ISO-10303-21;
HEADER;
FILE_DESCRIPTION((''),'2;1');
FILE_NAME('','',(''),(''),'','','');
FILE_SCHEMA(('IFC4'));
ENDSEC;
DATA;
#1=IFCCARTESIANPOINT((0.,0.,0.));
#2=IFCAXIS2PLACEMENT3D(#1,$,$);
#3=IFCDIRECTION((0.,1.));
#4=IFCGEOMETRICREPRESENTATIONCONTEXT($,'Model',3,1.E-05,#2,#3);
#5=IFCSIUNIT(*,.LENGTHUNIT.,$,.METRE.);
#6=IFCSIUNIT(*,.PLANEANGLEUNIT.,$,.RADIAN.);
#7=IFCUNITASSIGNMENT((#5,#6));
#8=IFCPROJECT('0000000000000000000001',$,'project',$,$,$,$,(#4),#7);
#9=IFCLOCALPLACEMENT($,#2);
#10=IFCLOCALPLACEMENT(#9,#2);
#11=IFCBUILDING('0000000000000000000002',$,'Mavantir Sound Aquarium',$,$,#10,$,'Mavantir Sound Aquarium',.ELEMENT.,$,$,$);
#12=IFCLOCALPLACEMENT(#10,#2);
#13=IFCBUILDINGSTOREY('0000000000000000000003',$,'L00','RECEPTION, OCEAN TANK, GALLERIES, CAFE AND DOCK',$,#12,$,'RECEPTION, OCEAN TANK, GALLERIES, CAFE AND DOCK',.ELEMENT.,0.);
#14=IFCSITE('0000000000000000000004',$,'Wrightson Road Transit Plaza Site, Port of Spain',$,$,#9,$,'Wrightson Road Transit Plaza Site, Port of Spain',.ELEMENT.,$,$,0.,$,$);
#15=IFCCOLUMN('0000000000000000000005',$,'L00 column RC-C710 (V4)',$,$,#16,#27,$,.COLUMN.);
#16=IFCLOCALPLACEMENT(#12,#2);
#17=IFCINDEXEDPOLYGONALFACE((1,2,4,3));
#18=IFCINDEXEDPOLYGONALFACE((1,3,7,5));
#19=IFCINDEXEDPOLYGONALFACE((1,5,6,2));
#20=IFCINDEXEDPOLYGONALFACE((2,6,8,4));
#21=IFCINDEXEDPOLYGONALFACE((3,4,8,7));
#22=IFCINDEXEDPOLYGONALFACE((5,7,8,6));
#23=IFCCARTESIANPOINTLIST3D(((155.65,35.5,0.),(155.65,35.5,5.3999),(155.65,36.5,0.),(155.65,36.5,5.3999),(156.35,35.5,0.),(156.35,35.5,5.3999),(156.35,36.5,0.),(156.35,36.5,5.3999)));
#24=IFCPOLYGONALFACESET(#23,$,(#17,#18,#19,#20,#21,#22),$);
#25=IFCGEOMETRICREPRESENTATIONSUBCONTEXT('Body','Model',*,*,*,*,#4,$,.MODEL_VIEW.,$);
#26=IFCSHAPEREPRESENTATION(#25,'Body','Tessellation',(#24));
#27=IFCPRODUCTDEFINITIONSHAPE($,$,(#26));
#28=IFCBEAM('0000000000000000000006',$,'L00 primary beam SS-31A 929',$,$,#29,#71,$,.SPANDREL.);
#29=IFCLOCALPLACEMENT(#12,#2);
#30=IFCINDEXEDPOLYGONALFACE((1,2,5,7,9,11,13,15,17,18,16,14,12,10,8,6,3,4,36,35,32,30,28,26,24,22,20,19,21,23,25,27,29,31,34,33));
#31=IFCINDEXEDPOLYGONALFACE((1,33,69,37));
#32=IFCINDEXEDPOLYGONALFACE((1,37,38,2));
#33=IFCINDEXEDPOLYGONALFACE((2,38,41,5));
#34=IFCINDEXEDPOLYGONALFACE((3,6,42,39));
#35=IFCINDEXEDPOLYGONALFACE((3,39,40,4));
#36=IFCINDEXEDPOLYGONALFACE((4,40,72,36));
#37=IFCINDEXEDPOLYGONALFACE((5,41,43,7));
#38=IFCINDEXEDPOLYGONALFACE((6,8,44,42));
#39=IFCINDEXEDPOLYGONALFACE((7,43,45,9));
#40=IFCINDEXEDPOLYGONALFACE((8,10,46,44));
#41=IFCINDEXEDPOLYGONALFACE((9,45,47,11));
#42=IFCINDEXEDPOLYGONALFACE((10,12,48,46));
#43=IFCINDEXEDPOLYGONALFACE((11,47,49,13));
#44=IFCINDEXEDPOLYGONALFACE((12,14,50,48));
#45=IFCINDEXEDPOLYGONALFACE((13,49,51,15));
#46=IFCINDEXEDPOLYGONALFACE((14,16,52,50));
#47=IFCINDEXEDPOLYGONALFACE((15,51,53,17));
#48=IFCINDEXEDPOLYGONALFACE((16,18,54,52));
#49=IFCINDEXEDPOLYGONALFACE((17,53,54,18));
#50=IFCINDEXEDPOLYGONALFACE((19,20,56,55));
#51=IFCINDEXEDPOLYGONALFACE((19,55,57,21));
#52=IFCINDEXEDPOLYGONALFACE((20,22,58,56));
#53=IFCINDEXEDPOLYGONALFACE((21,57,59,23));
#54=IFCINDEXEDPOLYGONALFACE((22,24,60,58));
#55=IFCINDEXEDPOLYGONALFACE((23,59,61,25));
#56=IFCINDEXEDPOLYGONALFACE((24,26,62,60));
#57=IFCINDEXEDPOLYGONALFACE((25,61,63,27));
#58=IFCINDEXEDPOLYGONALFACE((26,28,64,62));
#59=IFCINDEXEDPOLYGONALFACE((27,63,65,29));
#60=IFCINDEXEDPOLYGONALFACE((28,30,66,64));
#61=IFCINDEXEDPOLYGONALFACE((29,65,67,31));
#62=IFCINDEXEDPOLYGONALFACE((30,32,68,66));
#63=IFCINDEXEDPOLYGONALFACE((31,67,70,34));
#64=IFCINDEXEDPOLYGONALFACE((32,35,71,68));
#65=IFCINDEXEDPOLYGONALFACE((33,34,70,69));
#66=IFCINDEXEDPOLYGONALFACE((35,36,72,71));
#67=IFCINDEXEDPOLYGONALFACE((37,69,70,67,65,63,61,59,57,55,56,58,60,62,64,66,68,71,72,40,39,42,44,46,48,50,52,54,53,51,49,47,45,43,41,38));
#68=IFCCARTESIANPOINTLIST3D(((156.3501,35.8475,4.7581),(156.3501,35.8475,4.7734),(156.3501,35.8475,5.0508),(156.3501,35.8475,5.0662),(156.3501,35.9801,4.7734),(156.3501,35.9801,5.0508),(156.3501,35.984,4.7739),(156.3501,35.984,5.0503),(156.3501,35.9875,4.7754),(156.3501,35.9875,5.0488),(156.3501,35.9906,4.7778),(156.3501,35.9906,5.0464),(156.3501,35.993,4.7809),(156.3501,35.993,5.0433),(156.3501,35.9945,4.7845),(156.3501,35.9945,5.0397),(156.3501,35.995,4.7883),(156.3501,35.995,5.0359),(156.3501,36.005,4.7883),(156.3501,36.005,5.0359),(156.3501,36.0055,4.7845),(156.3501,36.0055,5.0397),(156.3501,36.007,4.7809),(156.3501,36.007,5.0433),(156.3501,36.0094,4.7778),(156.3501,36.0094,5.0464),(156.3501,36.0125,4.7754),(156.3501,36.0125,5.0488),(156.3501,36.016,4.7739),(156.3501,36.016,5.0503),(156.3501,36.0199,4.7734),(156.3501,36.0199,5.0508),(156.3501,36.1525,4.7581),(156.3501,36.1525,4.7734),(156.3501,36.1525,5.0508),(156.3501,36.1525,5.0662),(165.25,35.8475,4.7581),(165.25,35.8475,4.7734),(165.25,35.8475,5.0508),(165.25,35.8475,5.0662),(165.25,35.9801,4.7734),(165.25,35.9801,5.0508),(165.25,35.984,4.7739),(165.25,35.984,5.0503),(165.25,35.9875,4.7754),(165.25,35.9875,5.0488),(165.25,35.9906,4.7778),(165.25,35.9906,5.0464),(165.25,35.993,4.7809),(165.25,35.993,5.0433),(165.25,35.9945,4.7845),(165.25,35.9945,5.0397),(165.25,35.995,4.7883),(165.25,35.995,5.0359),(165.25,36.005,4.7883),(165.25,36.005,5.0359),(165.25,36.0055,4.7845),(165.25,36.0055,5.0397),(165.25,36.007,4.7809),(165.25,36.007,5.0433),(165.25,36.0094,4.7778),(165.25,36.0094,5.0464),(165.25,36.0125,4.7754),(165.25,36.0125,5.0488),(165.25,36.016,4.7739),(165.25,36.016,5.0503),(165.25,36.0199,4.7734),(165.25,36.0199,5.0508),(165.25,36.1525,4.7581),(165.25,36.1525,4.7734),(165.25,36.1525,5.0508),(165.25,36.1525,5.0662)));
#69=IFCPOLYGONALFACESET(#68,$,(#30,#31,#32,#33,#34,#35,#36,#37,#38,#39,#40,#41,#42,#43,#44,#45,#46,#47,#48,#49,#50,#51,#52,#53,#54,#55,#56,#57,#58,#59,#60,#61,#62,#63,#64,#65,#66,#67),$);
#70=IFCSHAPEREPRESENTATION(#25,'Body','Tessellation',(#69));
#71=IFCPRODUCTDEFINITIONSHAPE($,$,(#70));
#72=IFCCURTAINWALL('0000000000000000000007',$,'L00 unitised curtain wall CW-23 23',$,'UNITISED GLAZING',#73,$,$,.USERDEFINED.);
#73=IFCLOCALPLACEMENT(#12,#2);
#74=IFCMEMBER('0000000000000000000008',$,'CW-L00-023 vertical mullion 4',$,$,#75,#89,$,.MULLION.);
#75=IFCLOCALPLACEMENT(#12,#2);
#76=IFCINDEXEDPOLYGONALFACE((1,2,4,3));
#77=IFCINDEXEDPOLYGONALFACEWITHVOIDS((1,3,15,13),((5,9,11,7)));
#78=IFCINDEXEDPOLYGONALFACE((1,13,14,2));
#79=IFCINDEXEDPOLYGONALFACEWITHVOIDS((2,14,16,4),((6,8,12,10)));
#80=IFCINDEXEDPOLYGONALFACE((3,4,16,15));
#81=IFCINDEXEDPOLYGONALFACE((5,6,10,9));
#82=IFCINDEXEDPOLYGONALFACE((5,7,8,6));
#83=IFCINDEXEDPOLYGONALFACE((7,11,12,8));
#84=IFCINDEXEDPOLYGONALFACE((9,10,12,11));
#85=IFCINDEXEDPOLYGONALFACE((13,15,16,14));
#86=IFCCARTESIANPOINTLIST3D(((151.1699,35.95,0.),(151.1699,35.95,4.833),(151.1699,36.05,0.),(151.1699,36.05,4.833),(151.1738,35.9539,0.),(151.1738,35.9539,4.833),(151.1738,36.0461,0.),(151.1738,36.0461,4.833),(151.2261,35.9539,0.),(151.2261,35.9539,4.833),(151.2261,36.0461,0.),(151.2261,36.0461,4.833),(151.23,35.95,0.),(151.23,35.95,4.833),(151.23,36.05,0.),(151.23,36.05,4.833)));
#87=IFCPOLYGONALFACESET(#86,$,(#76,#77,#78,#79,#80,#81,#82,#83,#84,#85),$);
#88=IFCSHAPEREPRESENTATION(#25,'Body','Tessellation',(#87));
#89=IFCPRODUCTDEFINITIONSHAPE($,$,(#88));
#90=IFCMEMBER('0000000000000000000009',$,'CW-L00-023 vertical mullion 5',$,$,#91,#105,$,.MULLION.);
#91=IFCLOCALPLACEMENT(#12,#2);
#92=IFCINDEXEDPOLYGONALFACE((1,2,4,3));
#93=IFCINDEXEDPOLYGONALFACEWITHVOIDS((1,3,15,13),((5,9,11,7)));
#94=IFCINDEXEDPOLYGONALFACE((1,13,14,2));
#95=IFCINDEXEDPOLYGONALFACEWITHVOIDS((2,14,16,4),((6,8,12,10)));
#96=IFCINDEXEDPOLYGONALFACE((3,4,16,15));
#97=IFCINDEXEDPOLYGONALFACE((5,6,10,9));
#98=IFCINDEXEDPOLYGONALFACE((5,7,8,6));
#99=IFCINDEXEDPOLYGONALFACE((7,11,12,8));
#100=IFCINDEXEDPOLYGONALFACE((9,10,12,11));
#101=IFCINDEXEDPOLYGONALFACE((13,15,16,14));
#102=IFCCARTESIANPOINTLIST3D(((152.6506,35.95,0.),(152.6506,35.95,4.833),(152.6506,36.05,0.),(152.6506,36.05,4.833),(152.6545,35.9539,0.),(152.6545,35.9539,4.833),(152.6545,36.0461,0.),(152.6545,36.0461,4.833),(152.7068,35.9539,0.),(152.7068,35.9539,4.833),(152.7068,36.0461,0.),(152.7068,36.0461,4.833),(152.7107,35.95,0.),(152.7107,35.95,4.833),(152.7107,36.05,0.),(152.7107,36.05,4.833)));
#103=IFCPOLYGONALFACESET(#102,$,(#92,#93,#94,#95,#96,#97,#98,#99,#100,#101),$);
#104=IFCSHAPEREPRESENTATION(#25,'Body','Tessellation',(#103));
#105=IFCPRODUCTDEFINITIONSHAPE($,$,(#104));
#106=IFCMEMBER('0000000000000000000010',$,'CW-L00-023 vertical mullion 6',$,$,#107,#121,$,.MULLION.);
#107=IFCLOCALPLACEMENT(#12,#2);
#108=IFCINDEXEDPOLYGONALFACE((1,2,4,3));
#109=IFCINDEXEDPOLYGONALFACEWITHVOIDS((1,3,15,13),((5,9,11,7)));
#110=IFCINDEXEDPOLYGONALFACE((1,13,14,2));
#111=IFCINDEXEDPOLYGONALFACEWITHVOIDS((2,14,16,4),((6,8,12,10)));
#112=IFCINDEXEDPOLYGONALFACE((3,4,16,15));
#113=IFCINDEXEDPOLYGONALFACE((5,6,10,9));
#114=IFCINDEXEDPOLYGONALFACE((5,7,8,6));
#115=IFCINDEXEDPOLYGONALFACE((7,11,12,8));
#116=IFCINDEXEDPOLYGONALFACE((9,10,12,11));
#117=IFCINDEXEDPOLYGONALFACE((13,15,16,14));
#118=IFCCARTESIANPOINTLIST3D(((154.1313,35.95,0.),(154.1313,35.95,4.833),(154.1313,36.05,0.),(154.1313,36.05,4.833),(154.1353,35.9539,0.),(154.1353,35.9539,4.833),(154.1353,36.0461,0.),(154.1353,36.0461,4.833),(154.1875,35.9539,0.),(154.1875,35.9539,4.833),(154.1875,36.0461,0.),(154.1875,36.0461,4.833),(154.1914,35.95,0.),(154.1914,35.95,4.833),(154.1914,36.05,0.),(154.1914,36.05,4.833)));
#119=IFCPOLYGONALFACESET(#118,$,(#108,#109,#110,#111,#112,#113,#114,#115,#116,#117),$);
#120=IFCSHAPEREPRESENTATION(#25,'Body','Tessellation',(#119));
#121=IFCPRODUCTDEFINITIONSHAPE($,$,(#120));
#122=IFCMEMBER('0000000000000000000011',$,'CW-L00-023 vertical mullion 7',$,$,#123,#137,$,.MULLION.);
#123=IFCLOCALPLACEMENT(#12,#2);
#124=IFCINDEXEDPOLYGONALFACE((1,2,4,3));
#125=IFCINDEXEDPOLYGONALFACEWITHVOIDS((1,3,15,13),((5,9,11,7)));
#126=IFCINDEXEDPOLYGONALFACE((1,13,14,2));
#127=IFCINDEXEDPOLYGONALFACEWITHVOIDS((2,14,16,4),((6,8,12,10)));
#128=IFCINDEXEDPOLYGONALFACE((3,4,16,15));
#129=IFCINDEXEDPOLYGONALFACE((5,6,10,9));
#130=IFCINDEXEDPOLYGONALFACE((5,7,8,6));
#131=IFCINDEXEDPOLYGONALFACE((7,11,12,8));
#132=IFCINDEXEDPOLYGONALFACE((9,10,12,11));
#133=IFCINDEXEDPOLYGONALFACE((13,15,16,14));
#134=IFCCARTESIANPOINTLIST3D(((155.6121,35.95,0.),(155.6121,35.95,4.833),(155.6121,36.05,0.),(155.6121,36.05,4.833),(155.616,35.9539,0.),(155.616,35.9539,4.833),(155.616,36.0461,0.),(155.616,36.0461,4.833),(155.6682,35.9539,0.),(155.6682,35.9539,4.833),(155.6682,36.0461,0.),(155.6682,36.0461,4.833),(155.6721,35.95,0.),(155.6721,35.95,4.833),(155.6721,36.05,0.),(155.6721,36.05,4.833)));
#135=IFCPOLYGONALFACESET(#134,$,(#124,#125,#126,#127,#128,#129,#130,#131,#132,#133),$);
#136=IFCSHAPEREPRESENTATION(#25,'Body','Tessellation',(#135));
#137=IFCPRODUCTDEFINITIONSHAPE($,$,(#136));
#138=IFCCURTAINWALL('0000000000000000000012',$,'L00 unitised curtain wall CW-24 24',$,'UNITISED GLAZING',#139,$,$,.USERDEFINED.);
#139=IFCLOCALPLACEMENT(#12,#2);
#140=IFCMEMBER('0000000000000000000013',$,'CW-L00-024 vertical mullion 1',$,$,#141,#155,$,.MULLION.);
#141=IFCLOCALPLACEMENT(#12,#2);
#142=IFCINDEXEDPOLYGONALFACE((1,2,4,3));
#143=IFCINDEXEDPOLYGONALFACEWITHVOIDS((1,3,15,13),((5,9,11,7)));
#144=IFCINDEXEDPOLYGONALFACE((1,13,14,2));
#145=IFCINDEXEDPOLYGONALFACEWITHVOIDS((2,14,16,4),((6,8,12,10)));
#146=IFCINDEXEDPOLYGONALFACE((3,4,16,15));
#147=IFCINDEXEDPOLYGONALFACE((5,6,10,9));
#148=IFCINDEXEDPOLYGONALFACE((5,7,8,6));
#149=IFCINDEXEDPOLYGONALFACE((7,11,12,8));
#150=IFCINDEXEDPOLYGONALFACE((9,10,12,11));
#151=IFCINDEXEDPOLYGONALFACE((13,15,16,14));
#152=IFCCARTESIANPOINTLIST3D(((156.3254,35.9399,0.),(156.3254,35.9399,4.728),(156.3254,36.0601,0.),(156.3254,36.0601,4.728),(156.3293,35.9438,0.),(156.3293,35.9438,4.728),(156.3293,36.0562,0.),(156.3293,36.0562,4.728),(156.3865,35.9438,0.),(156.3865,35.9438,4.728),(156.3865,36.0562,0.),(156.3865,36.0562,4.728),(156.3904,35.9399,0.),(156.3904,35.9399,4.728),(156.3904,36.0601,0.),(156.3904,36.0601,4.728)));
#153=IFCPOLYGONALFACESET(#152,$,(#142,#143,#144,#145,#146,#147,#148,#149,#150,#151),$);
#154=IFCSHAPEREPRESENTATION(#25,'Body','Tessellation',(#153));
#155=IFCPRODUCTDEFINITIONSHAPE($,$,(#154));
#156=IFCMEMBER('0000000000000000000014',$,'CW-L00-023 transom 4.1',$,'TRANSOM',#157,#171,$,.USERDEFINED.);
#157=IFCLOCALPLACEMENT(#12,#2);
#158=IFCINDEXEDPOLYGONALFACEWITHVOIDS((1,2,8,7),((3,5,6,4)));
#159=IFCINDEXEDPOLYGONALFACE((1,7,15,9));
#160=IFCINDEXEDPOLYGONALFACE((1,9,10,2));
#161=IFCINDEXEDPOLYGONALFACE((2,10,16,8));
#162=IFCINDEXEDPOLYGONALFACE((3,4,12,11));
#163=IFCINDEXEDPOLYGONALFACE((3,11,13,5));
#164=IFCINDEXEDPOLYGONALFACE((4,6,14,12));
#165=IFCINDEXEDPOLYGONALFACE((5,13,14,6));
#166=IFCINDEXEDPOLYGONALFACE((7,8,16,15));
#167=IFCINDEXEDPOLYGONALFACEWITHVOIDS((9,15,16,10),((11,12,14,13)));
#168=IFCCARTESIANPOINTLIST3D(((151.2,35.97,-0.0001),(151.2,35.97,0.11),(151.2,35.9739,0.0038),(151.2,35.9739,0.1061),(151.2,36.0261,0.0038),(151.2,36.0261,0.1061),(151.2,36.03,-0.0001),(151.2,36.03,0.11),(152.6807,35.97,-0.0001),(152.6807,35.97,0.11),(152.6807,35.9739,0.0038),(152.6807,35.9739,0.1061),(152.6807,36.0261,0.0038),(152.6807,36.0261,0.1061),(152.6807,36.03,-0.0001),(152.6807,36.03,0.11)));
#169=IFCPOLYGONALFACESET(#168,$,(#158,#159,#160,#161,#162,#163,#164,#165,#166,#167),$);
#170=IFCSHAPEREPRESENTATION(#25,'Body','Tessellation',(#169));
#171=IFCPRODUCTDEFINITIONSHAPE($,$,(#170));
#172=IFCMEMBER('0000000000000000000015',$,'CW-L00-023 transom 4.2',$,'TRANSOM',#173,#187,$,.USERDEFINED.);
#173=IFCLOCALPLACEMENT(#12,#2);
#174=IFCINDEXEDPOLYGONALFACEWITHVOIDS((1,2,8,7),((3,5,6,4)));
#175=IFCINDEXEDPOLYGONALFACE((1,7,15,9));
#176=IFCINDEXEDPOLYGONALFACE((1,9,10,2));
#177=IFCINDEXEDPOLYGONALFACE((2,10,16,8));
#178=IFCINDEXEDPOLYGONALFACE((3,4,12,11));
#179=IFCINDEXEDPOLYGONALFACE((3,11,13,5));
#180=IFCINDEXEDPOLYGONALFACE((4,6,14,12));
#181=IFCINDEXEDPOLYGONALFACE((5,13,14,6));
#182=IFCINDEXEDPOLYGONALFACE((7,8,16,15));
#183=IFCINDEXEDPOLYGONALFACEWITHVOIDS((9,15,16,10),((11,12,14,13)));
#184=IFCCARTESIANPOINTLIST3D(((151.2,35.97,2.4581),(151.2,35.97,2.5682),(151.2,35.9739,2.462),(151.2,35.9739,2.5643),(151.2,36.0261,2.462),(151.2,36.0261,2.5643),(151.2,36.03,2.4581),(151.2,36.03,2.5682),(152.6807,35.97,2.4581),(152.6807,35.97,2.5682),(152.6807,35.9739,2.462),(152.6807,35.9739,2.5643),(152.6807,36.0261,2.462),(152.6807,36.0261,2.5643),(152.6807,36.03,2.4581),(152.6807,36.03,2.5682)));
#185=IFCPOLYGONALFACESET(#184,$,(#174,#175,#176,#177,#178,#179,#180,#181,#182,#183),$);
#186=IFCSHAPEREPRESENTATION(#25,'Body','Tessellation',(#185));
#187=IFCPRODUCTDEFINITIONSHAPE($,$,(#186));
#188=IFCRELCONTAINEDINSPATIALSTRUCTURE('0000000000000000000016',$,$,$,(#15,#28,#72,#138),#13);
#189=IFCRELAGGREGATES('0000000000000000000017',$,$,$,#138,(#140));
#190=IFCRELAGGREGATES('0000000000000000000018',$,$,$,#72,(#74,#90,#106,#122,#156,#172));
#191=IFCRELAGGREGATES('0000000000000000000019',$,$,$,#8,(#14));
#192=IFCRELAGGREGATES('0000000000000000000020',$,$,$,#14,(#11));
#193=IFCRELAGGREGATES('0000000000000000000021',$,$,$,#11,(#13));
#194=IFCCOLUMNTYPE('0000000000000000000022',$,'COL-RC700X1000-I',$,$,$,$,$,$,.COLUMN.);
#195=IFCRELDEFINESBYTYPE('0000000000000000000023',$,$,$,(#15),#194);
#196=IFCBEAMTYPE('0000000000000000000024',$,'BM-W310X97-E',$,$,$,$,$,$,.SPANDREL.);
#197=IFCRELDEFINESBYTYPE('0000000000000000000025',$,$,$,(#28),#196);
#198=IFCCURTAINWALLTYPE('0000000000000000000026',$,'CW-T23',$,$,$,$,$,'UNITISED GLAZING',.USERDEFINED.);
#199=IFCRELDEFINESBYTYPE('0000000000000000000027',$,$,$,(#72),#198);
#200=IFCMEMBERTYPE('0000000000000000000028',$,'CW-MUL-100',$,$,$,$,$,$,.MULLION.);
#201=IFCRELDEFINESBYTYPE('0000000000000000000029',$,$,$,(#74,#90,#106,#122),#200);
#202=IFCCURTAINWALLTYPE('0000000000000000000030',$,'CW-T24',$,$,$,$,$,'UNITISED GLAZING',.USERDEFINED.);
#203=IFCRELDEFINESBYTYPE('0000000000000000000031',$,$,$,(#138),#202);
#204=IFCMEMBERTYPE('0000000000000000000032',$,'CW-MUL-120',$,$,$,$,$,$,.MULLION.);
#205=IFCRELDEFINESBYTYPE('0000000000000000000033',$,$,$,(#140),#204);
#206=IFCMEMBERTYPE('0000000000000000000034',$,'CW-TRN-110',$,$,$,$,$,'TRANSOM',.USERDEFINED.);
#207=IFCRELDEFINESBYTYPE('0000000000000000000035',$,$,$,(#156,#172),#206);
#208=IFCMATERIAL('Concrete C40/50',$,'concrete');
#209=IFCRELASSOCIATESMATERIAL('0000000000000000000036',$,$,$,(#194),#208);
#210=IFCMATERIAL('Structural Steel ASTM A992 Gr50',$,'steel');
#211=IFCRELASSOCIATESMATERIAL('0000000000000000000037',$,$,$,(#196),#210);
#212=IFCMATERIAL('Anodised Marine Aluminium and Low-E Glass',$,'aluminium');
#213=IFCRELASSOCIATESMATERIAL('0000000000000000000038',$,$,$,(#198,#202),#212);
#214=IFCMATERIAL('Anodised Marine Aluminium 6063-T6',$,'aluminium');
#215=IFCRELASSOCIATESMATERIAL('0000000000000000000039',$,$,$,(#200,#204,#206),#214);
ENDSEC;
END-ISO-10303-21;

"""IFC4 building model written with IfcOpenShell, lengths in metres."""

from ifc_helpers import new_model, si_unit, direction, frame, origin, origin_2d, place, context, subcontext, project, spatial, rectangle, hollow_rectangle, i_section, extrude, material, material_profile, profile_set, type_object, element, aggregate, save


model = new_model("IFC4")

# Units and contexts
model_context = context("Model", 3, precision=1e-05, world=origin(), true_north=direction((0.0, 1.0)))
body_context = subcontext(model_context, "Body", "Model", "MODEL_VIEW")
ifc_project = project(units=[si_unit("LENGTHUNIT", "METRE"), si_unit("PLANEANGLEUNIT", "RADIAN")], contexts=[model_context])

# Site, building, storey
site_placement = place(None, origin())
site = spatial("IfcSite", under=ifc_project, at=site_placement, Name="Wrightson Road Transit Plaza Site, Port of Spain", LongName="Wrightson Road Transit Plaza Site, Port of Spain", CompositionType="ELEMENT", RefElevation=0.0)
building_placement = place(site_placement, origin())
building = spatial("IfcBuilding", under=site, at=building_placement, Name="Mavantir Sound Aquarium", LongName="Mavantir Sound Aquarium", CompositionType="ELEMENT")
storey_placement = place(building_placement, origin())
storey = spatial("IfcBuildingStorey", under=building, at=storey_placement, Name="L00", Description="RECEPTION, OCEAN TANK, GALLERIES, CAFE AND DOCK", LongName="RECEPTION, OCEAN TANK, GALLERIES, CAFE AND DOCK", CompositionType="ELEMENT", Elevation=0.0)

# Column
ifc_material_1 = material(Name="Concrete C40/50", Category="concrete")
ifc_material_profile_1 = material_profile(ifc_material_1, rectangle(XDim=0.7, YDim=1.0, at=origin_2d()), Name="RC 700X1000")
ifc_profile_set_1 = profile_set([ifc_material_profile_1], Name="Concrete C40/50")
column_type = type_object("IfcColumnType", Name="COL-RC700X1000-I", PredefinedType="COLUMN", material=ifc_profile_set_1)
column_placement = place(storey_placement, frame((156.0, 36.0, 0.0), z_axis=(0.0, 0.0, 1.0), x_axis=(1.0, 0.0, 0.0)))
element("IfcColumn", 1, at=column_placement, inside=storey, type_object=column_type, Name="L00 column RC-C710 (V4)", PredefinedType="COLUMN", context=body_context, shape_type="SweptSolid", body=[
    extrude(rectangle(XDim=0.7, YDim=1.0, at=origin_2d()), origin(), (0.0, 0.0, 1.0), 5.3999),
])

# Beam
ifc_material_2 = material(Name="Structural Steel ASTM A992 Gr50", Category="steel")
ifc_material_profile_2 = material_profile(ifc_material_2, i_section(OverallWidth=0.3049, OverallDepth=0.3081, WebThickness=0.01, FlangeThickness=0.0154, FilletRadius=0.0149, at=origin_2d()), Name="W310X97")
ifc_profile_set_2 = profile_set([ifc_material_profile_2], Name="Structural Steel ASTM A992 Gr50")
beam_type = type_object("IfcBeamType", Name="BM-W310X97-E", PredefinedType="SPANDREL", material=ifc_profile_set_2)
beam_placement = place(storey_placement, frame((156.3501, 36.0, 4.9121), z_axis=(1.0, 0.0, 0.0), x_axis=(0.0, 1.0, 0.0)))
element("IfcBeam", 2, at=beam_placement, inside=storey, type_object=beam_type, Name="L00 primary beam SS-31A 929", PredefinedType="SPANDREL", context=body_context, shape_type="SweptSolid", body=[
    extrude(i_section(OverallWidth=0.3049, OverallDepth=0.3081, WebThickness=0.01, FlangeThickness=0.0154, FilletRadius=0.0149, at=origin_2d()), origin(), (0.0, 0.0, 1.0), 8.8999),
])

# Curtain wall, members
ifc_material_3 = material(Name="Anodised Marine Aluminium and Low-E Glass", Category="aluminium")
curtain_wall_type_1 = type_object("IfcCurtainWallType", Name="CW-T23", ElementType="UNITISED GLAZING", PredefinedType="USERDEFINED", material=ifc_material_3)
curtain_wall_1_placement = place(storey_placement, origin())
curtain_wall_1 = element("IfcCurtainWall", 3, at=curtain_wall_1_placement, inside=storey, type_object=curtain_wall_type_1, Name="L00 unitised curtain wall CW-23 23", ObjectType="UNITISED GLAZING", PredefinedType="USERDEFINED")
ifc_material_4 = material(Name="Anodised Marine Aluminium 6063-T6", Category="aluminium")
ifc_material_profile_3 = material_profile(ifc_material_4, hollow_rectangle(XDim=0.0601, YDim=0.1001, WallThickness=0.0039, at=origin_2d()), Name="ALU-MULLION-100X60")
ifc_profile_set_3 = profile_set([ifc_material_profile_3], Name="Anodised Marine Aluminium 6063-T6")
member_type_1 = type_object("IfcMemberType", Name="CW-MUL-100", PredefinedType="MULLION", material=ifc_profile_set_3)
member_1_placement = place(storey_placement, frame((151.2, 36.0, 0.0), z_axis=(0.0, 0.0, 1.0), x_axis=(1.0, 0.0, 0.0)))
member_1 = element("IfcMember", 4, at=member_1_placement, type_object=member_type_1, Name="CW-L00-023 vertical mullion 4", PredefinedType="MULLION", context=body_context, shape_type="SweptSolid", body=[
    extrude(hollow_rectangle(XDim=0.0601, YDim=0.1001, WallThickness=0.0039, at=origin_2d()), origin(), (0.0, 0.0, 1.0), 4.833),
])
member_2_placement = place(storey_placement, frame((152.6807, 36.0, 0.0), z_axis=(0.0, 0.0, 1.0), x_axis=(1.0, 0.0, 0.0)))
member_2 = element("IfcMember", 5, at=member_2_placement, type_object=member_type_1, Name="CW-L00-023 vertical mullion 5", PredefinedType="MULLION", context=body_context, shape_type="SweptSolid", body=[
    extrude(hollow_rectangle(XDim=0.0601, YDim=0.1001, WallThickness=0.0039, at=origin_2d()), origin(), (0.0, 0.0, 1.0), 4.833),
])
member_3_placement = place(storey_placement, frame((154.1614, 36.0, 0.0), z_axis=(0.0, 0.0, 1.0), x_axis=(1.0, 0.0, 0.0)))
member_3 = element("IfcMember", 6, at=member_3_placement, type_object=member_type_1, Name="CW-L00-023 vertical mullion 6", PredefinedType="MULLION", context=body_context, shape_type="SweptSolid", body=[
    extrude(hollow_rectangle(XDim=0.0601, YDim=0.1001, WallThickness=0.0039, at=origin_2d()), origin(), (0.0, 0.0, 1.0), 4.833),
])
member_4_placement = place(storey_placement, frame((155.6421, 36.0, 0.0), z_axis=(0.0, 0.0, 1.0), x_axis=(1.0, 0.0, 0.0)))
member_4 = element("IfcMember", 7, at=member_4_placement, type_object=member_type_1, Name="CW-L00-023 vertical mullion 7", PredefinedType="MULLION", context=body_context, shape_type="SweptSolid", body=[
    extrude(hollow_rectangle(XDim=0.0601, YDim=0.1001, WallThickness=0.0039, at=origin_2d()), origin(), (0.0, 0.0, 1.0), 4.833),
])

# Curtain wall, member
curtain_wall_type_2 = type_object("IfcCurtainWallType", Name="CW-T24", ElementType="UNITISED GLAZING", PredefinedType="USERDEFINED", material=ifc_material_3)
curtain_wall_2_placement = place(storey_placement, origin())
curtain_wall_2 = element("IfcCurtainWall", 8, at=curtain_wall_2_placement, inside=storey, type_object=curtain_wall_type_2, Name="L00 unitised curtain wall CW-24 24", ObjectType="UNITISED GLAZING", PredefinedType="USERDEFINED")
ifc_material_profile_4 = material_profile(ifc_material_4, hollow_rectangle(XDim=0.0649, YDim=0.1201, WallThickness=0.0039, at=origin_2d()), Name="ALU-MULLION-120X65")
ifc_profile_set_4 = profile_set([ifc_material_profile_4], Name="Anodised Marine Aluminium 6063-T6")
member_type_2 = type_object("IfcMemberType", Name="CW-MUL-120", PredefinedType="MULLION", material=ifc_profile_set_4)
member_5_placement = place(storey_placement, frame((156.3579, 36.0, 0.0), z_axis=(0.0, 0.0, 1.0), x_axis=(1.0, 0.0, 0.0)))
member_5 = element("IfcMember", 9, at=member_5_placement, type_object=member_type_2, Name="CW-L00-024 vertical mullion 1", PredefinedType="MULLION", context=body_context, shape_type="SweptSolid", body=[
    extrude(hollow_rectangle(XDim=0.0649, YDim=0.1201, WallThickness=0.0039, at=origin_2d()), origin(), (0.0, 0.0, 1.0), 4.728),
])

# Members
ifc_material_profile_5 = material_profile(ifc_material_4, hollow_rectangle(XDim=0.0601, YDim=0.1101, WallThickness=0.0039, at=origin_2d()), Name="ALU-TRANSOM-110X60")
ifc_profile_set_5 = profile_set([ifc_material_profile_5], Name="Anodised Marine Aluminium 6063-T6")
member_type_3 = type_object("IfcMemberType", Name="CW-TRN-110", ElementType="TRANSOM", PredefinedType="USERDEFINED", material=ifc_profile_set_5)
member_6_placement = place(storey_placement, frame((151.2, 36.0, 0.0549), z_axis=(1.0, 0.0, 0.0), x_axis=(0.0, 1.0, 0.0)))
member_6 = element("IfcMember", 10, at=member_6_placement, type_object=member_type_3, Name="CW-L00-023 transom 4.1", ObjectType="TRANSOM", PredefinedType="USERDEFINED", context=body_context, shape_type="SweptSolid", body=[
    extrude(hollow_rectangle(XDim=0.0601, YDim=0.1101, WallThickness=0.0039, at=origin_2d()), origin(), (0.0, 0.0, 1.0), 1.4807),
])
member_7_placement = place(storey_placement, frame((151.2, 36.0, 2.5132), z_axis=(1.0, 0.0, 0.0), x_axis=(0.0, 1.0, 0.0)))
member_7 = element("IfcMember", 11, at=member_7_placement, type_object=member_type_3, Name="CW-L00-023 transom 4.2", ObjectType="TRANSOM", PredefinedType="USERDEFINED", context=body_context, shape_type="SweptSolid", body=[
    extrude(hollow_rectangle(XDim=0.0601, YDim=0.1101, WallThickness=0.0039, at=origin_2d()), origin(), (0.0, 0.0, 1.0), 1.4807),
])
aggregate(curtain_wall_2, [member_5])

aggregate(curtain_wall_1, [member_1, member_2, member_3, member_4, member_6, member_7])

save(model, "model.ifc")
